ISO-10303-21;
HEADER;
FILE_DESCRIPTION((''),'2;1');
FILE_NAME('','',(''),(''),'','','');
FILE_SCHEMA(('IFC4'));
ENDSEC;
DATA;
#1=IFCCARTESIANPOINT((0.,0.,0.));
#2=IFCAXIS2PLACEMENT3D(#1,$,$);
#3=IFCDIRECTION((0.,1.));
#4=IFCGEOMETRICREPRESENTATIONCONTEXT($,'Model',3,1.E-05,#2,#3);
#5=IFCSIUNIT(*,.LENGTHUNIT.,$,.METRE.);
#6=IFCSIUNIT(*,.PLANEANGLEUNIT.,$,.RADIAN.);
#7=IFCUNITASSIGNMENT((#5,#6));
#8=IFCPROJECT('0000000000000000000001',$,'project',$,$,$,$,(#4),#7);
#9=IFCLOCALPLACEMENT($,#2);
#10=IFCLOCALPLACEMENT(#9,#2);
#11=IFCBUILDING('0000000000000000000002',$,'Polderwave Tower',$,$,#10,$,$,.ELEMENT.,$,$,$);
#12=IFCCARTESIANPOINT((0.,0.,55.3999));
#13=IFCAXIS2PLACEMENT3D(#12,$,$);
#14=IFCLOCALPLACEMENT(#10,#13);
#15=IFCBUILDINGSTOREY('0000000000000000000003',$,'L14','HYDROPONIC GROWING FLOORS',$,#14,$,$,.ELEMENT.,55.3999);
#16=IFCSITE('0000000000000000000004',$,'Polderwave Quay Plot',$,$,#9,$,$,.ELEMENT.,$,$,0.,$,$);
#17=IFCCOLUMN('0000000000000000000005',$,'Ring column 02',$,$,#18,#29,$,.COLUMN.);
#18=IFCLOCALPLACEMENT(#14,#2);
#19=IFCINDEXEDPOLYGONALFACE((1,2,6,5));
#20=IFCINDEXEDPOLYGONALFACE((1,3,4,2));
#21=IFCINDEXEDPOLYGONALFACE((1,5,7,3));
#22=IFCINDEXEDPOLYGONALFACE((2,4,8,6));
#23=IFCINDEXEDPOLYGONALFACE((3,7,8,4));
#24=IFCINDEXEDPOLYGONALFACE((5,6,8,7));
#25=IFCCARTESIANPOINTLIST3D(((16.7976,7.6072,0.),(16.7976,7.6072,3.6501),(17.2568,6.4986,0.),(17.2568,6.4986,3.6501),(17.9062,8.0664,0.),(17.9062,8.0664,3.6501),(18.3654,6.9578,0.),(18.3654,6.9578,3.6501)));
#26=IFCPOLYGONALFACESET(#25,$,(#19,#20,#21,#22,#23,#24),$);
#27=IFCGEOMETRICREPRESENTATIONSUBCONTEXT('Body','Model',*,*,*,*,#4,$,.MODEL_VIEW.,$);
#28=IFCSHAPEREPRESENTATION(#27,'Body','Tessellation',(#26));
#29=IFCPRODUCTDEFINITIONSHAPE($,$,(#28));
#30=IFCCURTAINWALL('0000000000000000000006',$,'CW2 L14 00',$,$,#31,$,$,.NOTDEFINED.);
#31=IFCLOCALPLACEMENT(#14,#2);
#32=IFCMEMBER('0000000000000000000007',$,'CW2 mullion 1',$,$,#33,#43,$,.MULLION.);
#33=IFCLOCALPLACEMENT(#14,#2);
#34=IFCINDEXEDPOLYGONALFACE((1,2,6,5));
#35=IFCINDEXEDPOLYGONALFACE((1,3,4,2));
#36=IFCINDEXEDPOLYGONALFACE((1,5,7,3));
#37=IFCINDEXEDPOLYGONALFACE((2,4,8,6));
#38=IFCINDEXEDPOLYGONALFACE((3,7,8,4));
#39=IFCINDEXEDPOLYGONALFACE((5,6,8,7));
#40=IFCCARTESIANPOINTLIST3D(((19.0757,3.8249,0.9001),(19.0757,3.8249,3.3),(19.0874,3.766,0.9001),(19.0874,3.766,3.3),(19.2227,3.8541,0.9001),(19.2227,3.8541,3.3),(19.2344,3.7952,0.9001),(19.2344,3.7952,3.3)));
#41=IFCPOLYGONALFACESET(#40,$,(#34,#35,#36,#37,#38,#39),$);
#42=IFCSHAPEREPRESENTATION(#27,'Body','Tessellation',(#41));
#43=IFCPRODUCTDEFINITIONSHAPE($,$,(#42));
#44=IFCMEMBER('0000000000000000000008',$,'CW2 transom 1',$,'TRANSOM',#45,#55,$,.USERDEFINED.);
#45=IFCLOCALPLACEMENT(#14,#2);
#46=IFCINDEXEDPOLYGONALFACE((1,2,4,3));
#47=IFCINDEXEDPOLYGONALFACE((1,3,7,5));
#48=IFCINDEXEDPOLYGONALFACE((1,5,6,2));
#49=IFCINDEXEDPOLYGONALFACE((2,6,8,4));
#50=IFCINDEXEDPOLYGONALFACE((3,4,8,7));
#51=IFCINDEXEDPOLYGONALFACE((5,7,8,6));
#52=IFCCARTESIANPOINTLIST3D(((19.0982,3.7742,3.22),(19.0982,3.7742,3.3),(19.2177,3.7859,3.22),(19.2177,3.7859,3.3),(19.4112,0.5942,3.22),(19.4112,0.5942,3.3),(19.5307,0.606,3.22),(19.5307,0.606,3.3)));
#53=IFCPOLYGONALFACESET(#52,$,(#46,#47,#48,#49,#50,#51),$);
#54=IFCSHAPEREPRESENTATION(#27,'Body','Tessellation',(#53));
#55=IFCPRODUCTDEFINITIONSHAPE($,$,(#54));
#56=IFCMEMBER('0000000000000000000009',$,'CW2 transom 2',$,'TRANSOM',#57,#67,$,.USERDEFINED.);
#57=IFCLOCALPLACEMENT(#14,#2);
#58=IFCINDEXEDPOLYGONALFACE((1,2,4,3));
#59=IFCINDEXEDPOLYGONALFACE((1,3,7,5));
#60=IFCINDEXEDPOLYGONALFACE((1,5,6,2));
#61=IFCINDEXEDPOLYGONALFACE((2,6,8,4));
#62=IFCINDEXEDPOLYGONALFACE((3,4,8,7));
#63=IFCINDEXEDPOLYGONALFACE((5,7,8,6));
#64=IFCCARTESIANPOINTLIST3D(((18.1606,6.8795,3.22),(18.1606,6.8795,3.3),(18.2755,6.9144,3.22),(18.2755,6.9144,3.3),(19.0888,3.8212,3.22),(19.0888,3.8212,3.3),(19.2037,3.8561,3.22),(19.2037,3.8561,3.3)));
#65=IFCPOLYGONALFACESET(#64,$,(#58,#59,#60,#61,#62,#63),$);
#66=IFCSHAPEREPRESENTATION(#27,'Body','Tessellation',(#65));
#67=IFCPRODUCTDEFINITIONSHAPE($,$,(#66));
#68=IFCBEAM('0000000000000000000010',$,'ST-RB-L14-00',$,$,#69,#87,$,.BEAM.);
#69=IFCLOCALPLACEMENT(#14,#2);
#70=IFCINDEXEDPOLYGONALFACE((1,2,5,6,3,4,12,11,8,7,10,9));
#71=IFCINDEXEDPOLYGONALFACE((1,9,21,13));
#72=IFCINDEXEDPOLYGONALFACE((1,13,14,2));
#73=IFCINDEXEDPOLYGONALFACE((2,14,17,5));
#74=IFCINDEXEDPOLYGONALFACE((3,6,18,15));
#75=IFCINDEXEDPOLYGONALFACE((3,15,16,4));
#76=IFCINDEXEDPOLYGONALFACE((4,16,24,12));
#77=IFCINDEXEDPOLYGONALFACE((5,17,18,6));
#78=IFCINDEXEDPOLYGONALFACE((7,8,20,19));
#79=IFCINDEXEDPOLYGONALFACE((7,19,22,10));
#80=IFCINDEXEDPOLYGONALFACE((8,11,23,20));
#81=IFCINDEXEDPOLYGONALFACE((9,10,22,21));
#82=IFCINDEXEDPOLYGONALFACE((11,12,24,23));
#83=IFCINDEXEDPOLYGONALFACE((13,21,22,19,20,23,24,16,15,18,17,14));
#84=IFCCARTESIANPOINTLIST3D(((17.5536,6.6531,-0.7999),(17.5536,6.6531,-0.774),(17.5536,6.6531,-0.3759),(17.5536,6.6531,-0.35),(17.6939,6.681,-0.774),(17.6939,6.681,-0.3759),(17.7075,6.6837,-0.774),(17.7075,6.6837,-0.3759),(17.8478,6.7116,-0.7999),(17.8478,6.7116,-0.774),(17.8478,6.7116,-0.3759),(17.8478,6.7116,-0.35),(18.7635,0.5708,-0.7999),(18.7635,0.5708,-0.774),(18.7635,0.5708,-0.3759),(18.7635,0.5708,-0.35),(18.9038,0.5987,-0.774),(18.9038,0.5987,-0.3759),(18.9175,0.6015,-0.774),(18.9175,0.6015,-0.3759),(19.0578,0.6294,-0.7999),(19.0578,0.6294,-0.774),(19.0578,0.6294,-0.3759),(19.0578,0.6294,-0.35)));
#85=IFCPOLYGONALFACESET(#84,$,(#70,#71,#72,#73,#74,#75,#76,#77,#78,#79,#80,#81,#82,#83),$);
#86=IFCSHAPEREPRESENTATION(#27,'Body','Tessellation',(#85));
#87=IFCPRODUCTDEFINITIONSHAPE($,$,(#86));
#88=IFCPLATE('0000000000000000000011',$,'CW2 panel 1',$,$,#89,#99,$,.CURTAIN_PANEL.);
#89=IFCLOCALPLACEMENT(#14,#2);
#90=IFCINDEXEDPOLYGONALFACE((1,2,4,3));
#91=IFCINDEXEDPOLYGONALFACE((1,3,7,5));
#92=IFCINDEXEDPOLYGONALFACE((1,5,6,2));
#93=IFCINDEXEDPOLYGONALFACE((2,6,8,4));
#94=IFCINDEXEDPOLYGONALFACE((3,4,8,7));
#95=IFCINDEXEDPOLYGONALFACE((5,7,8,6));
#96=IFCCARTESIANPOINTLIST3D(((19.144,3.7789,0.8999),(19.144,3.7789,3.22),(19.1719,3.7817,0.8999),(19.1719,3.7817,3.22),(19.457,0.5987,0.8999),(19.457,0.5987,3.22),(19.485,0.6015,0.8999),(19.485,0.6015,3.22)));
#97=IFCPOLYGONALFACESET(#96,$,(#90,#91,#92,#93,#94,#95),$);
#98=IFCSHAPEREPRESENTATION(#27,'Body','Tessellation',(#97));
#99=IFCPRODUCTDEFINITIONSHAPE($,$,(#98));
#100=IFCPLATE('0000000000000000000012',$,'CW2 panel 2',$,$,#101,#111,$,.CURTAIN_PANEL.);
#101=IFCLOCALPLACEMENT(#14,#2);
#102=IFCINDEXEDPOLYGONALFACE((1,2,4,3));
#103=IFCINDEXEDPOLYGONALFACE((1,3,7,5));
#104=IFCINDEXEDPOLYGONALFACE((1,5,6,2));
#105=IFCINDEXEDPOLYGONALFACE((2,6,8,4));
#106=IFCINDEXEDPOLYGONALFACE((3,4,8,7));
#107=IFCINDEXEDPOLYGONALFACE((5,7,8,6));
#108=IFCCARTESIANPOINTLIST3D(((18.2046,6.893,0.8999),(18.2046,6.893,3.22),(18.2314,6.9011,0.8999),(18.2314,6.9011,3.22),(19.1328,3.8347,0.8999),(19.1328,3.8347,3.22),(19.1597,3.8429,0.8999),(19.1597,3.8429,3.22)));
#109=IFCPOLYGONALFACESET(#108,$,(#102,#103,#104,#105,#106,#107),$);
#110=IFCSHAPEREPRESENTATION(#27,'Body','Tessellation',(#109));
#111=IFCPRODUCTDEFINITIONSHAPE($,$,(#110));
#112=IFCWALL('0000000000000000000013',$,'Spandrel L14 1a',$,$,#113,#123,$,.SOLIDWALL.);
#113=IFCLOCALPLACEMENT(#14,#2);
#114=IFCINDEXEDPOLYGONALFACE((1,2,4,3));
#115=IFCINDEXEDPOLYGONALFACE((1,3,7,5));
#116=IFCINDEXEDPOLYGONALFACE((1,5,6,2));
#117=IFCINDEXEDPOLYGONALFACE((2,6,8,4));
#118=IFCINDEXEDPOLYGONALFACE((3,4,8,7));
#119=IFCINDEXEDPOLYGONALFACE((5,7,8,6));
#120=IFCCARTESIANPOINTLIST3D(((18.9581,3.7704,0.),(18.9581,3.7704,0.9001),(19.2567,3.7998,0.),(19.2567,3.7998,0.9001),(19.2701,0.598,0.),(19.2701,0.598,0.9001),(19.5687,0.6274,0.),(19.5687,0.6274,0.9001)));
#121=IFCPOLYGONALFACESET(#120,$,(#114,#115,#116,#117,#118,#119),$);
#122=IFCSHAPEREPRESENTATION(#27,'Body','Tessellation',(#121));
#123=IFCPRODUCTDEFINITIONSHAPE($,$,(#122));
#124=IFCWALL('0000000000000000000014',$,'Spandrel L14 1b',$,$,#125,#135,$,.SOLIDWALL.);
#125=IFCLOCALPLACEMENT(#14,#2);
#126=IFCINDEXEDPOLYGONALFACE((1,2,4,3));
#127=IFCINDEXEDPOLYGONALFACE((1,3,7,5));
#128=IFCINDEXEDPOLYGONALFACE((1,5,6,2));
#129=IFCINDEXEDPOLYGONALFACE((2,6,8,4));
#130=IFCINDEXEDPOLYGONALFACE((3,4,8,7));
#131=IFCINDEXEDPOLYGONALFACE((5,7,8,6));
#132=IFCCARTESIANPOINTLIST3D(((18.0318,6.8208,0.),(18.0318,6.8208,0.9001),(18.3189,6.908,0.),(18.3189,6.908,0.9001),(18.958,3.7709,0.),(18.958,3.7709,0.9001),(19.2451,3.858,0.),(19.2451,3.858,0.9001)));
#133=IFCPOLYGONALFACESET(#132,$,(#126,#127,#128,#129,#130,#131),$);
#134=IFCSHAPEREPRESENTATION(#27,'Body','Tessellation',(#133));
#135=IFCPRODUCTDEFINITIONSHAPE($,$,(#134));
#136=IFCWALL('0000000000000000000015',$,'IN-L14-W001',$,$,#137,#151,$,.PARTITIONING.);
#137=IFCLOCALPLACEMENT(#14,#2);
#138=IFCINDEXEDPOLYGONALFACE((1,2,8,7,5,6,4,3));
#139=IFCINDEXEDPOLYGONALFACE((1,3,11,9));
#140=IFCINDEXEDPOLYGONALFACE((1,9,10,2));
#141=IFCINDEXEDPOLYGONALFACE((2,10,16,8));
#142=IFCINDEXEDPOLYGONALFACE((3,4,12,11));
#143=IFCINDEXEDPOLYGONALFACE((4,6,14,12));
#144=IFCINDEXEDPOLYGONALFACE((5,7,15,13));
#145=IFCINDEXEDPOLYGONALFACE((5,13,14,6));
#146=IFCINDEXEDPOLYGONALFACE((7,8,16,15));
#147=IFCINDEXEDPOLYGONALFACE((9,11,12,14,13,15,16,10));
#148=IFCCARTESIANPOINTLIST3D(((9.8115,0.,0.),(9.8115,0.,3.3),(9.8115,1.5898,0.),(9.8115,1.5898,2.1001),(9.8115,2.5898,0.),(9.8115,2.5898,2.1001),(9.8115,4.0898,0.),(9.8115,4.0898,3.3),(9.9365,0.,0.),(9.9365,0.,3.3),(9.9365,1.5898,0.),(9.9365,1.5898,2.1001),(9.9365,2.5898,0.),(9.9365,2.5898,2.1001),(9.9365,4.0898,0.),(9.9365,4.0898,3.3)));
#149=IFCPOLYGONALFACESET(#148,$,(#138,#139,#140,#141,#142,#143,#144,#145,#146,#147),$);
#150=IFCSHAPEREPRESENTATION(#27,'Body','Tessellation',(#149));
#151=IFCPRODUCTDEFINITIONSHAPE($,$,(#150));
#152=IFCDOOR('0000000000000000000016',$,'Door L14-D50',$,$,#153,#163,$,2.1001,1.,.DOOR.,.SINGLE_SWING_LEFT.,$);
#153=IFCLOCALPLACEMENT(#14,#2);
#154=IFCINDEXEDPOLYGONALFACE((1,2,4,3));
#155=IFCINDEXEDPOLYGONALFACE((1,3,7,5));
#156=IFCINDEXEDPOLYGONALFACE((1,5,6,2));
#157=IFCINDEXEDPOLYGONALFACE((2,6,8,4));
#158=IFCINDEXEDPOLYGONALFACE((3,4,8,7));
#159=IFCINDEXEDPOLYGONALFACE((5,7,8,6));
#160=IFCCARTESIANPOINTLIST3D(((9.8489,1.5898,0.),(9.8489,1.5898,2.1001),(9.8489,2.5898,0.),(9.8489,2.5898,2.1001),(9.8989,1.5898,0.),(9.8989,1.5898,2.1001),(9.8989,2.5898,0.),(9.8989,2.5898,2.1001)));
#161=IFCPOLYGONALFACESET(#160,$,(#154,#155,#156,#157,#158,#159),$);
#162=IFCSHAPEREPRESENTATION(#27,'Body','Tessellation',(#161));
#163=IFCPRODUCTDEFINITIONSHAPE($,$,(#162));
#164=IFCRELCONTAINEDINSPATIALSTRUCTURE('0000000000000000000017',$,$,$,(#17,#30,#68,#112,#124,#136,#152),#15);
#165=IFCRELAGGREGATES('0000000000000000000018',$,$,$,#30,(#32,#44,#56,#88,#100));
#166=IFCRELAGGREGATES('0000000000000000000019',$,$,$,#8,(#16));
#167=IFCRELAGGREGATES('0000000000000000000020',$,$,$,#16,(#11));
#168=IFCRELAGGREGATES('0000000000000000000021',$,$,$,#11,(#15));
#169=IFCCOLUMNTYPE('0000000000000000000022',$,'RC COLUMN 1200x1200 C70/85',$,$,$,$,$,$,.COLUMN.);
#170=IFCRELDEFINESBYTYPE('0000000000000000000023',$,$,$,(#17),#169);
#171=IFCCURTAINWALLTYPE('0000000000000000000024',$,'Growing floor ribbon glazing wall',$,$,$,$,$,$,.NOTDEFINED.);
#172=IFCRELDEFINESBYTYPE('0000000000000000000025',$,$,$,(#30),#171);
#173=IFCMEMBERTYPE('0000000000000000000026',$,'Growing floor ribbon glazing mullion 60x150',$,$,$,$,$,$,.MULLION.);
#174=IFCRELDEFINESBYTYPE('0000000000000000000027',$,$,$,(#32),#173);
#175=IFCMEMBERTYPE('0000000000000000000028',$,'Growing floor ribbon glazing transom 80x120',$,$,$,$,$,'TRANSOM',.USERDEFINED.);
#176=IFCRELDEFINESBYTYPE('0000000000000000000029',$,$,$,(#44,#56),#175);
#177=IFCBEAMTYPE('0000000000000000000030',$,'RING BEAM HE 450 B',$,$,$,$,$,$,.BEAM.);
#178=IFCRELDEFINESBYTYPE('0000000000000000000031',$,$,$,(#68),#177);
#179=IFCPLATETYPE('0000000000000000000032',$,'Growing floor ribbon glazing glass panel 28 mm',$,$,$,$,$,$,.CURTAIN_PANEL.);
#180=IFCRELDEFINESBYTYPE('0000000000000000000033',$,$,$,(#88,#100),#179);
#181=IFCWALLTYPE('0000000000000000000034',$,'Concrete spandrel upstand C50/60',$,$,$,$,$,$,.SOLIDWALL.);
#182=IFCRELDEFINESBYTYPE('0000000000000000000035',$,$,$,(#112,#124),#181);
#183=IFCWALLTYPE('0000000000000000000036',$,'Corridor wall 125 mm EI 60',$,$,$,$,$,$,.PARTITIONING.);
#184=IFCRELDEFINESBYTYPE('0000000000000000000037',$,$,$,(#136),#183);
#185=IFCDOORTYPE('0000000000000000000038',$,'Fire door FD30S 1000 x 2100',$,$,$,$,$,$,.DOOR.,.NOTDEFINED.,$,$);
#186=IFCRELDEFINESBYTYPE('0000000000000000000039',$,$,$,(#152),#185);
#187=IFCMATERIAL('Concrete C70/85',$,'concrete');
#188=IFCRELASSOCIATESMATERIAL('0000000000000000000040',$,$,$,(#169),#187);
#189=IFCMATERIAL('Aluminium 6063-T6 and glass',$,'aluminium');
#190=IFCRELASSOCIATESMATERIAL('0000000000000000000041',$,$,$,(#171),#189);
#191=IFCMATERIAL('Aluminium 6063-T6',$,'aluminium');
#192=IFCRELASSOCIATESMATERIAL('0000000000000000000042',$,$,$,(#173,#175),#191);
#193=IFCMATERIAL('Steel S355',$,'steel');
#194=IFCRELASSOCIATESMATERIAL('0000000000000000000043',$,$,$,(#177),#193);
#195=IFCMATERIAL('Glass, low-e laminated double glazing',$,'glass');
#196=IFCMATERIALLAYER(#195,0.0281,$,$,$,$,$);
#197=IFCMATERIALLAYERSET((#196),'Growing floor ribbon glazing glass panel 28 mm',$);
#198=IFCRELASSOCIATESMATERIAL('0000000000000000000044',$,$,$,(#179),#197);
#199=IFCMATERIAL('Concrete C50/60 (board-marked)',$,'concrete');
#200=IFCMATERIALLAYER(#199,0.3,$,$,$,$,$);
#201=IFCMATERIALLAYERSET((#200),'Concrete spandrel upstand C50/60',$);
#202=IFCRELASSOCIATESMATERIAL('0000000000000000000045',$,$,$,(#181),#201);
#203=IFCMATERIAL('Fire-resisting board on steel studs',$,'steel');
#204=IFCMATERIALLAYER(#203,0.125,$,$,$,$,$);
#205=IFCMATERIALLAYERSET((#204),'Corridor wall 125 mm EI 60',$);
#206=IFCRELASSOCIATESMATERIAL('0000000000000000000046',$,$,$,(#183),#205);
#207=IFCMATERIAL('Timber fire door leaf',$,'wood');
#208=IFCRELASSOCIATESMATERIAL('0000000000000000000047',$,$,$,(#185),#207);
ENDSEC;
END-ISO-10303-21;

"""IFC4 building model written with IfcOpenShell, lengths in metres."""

from ifc_helpers import new_model, si_unit, direction, frame, frame_2d, origin, origin_2d, place, context, subcontext, project, spatial, rectangle, i_section, extrude, material, layer, layer_set, material_profile, profile_set, type_object, element, fill, aggregate, save


model = new_model("IFC4")

# Units and contexts
model_context = context("Model", 3, precision=1e-05, world=origin(), true_north=direction((0.0, 1.0)))
body_context = subcontext(model_context, "Body", "Model", "MODEL_VIEW")
ifc_project = project(units=[si_unit("LENGTHUNIT", "METRE"), si_unit("PLANEANGLEUNIT", "RADIAN")], contexts=[model_context])

# Site, building, storey
site_placement = place(None, origin())
site = spatial("IfcSite", under=ifc_project, at=site_placement, Name="Polderwave Quay Plot", CompositionType="ELEMENT", RefElevation=0.0)
building_placement = place(site_placement, origin())
building = spatial("IfcBuilding", under=site, at=building_placement, Name="Polderwave Tower", CompositionType="ELEMENT")
storey_placement = place(building_placement, frame((0.0, 0.0, 55.3999)))
storey = spatial("IfcBuildingStorey", under=building, at=storey_placement, Name="L14", Description="HYDROPONIC GROWING FLOORS", CompositionType="ELEMENT", Elevation=55.3999)

# Column
ifc_material_1 = material(Name="Concrete C70/85", Category="concrete")
ifc_material_profile_1 = material_profile(ifc_material_1, rectangle(XDim=1.2, YDim=1.2, at=origin_2d()), Name="RC 1200x1200")
ifc_profile_set_1 = profile_set([ifc_material_profile_1], Name="Concrete C70/85")
column_type = type_object("IfcColumnType", Name="RC COLUMN 1200x1200 C70/85", PredefinedType="COLUMN", material=ifc_profile_set_1)
column_placement = place(storey_placement, frame((17.5815, 7.2825, 0.0), z_axis=(0.0, 0.0, 1.0), x_axis=(0.92388, 0.382683, 0.0)))
element("IfcColumn", 1, at=column_placement, inside=storey, type_object=column_type, Name="Ring column 02", PredefinedType="COLUMN", context=body_context, shape_type="SweptSolid", body=[
    extrude(rectangle(XDim=1.2, YDim=1.2, at=origin_2d()), origin(), (0.0, 0.0, 1.0), 3.6501),
])

# Curtain wall, members
ifc_material_2 = material(Name="Aluminium 6063-T6 and glass", Category="aluminium")
curtain_wall_type = type_object("IfcCurtainWallType", Name="Growing floor ribbon glazing wall", PredefinedType="NOTDEFINED", material=ifc_material_2)
curtain_wall_placement = place(storey_placement, origin())
curtain_wall = element("IfcCurtainWall", 2, at=curtain_wall_placement, inside=storey, type_object=curtain_wall_type, Name="CW2 L14 00", PredefinedType="NOTDEFINED")
ifc_material_3 = material(Name="Aluminium 6063-T6", Category="aluminium")
ifc_material_profile_2 = material_profile(ifc_material_3, rectangle(XDim=0.1499, YDim=0.0601, at=origin_2d()), Name="AL 60x150")
ifc_profile_set_2 = profile_set([ifc_material_profile_2], Name="Aluminium 6063-T6")
member_type_1 = type_object("IfcMemberType", Name="Growing floor ribbon glazing mullion 60x150", PredefinedType="MULLION", material=ifc_profile_set_2)
member_1_placement = place(storey_placement, frame((19.155, 3.8101, 0.9001), z_axis=(0.0, 0.0, 1.0), x_axis=(-0.980774, -0.195149, 0.0)))
member_1 = element("IfcMember", 3, at=member_1_placement, type_object=member_type_1, Name="CW2 mullion 1", PredefinedType="MULLION", context=body_context, shape_type="SweptSolid", body=[
    extrude(rectangle(XDim=0.1499, YDim=0.0601, at=origin_2d()), origin(), (0.0, 0.0, 1.0), 2.3999),
])
ifc_material_profile_3 = material_profile(ifc_material_3, rectangle(XDim=0.1201, YDim=0.0801, at=origin_2d()), Name="AL 80x120")
ifc_profile_set_3 = profile_set([ifc_material_profile_3], Name="Aluminium 6063-T6")
member_type_2 = type_object("IfcMemberType", Name="Growing floor ribbon glazing transom 80x120", ElementType="TRANSOM", PredefinedType="USERDEFINED", material=ifc_profile_set_3)
member_2_placement = place(storey_placement, frame((19.4709, 0.6001, 3.26), z_axis=(-0.097953, 0.995191, 0.0), x_axis=(-0.995191, -0.097953, 0.0)))
member_2 = element("IfcMember", 4, at=member_2_placement, type_object=member_type_2, Name="CW2 transom 1", ObjectType="TRANSOM", PredefinedType="USERDEFINED", context=body_context, shape_type="SweptSolid", body=[
    extrude(rectangle(XDim=0.1201, YDim=0.0801, at=origin_2d()), origin(), (0.0, 0.0, 1.0), 3.1953),
])
member_3_placement = place(storey_placement, frame((19.1462, 3.8386, 3.26), z_axis=(-0.290423, 0.956898, 0.0), x_axis=(-0.956898, -0.290423, 0.0)))
member_3 = element("IfcMember", 5, at=member_3_placement, type_object=member_type_2, Name="CW2 transom 2", ObjectType="TRANSOM", PredefinedType="USERDEFINED", context=body_context, shape_type="SweptSolid", body=[
    extrude(rectangle(XDim=0.1201, YDim=0.0801, at=origin_2d()), origin(), (0.0, 0.0, 1.0), 3.196),
])

# Beam
ifc_material_4 = material(Name="Steel S355", Category="steel")
ifc_material_profile_4 = material_profile(ifc_material_4, i_section(OverallWidth=0.3, OverallDepth=0.45, WebThickness=0.0139, FlangeThickness=0.0259, at=origin_2d()), Name="HE 450 B")
ifc_profile_set_4 = profile_set([ifc_material_profile_4], Name="Steel S355")
beam_type = type_object("IfcBeamType", Name="RING BEAM HE 450 B", PredefinedType="BEAM", material=ifc_profile_set_4)
beam_placement = place(storey_placement, frame((18.9106, 0.6001, -0.575), z_axis=(-0.195109, 0.980782, 0.0), x_axis=(-0.980782, -0.195109, 0.0)))
element("IfcBeam", 6, at=beam_placement, inside=storey, type_object=beam_type, Name="ST-RB-L14-00", PredefinedType="BEAM", context=body_context, shape_type="SweptSolid", body=[
    extrude(i_section(OverallWidth=0.3, OverallDepth=0.45, WebThickness=0.0139, FlangeThickness=0.0259, at=origin_2d()), origin(), (0.0, 0.0, 1.0), 6.2014),
])

# Plates
ifc_material_5 = material(Name="Glass, low-e laminated double glazing", Category="glass")
ifc_layer_1 = layer(ifc_material_5, 0.0281)
ifc_layer_set_1 = layer_set([ifc_layer_1], Name="Growing floor ribbon glazing glass panel 28 mm")
plate_type = type_object("IfcPlateType", Name="Growing floor ribbon glazing glass panel 28 mm", PredefinedType="CURTAIN_PANEL", material=ifc_layer_set_1)
plate_1_placement = place(storey_placement, frame((19.3145, 2.1902, 0.8999), z_axis=(0.0, 0.0, 1.0), x_axis=(-0.097969, 0.99519, 0.0)))
plate_1 = element("IfcPlate", 7, at=plate_1_placement, type_object=plate_type, Name="CW2 panel 1", PredefinedType="CURTAIN_PANEL", context=body_context, shape_type="SweptSolid", body=[
    extrude(rectangle(XDim=3.1956, YDim=0.0281, at=origin_2d()), origin(), (0.0, 0.0, 1.0), 2.3201),
])
plate_2_placement = place(storey_placement, frame((18.6821, 5.3679, 0.8999), z_axis=(0.0, 0.0, 1.0), x_axis=(-0.290447, 0.956891, 0.0)))
plate_2 = element("IfcPlate", 8, at=plate_2_placement, type_object=plate_type, Name="CW2 panel 2", PredefinedType="CURTAIN_PANEL", context=body_context, shape_type="SweptSolid", body=[
    extrude(rectangle(XDim=3.196, YDim=0.0281, at=origin_2d()), origin(), (0.0, 0.0, 1.0), 2.3201),
])
aggregate(curtain_wall, [member_1, member_2, member_3, plate_1, plate_2])

# Walls
ifc_material_6 = material(Name="Concrete C50/60 (board-marked)", Category="concrete")
ifc_layer_2 = layer(ifc_material_6, 0.3)
ifc_layer_set_2 = layer_set([ifc_layer_2], Name="Concrete spandrel upstand C50/60")
wall_type_1 = type_object("IfcWallType", Name="Concrete spandrel upstand C50/60", PredefinedType="SOLIDWALL", material=ifc_layer_set_2)
wall_1_placement = place(storey_placement, frame((19.4194, 0.6128, 0.0), z_axis=(0.0, 0.0, 1.0), x_axis=(-0.097881, 0.995198, 0.0)))
element("IfcWall", 9, at=wall_1_placement, inside=storey, type_object=wall_type_1, Name="Spandrel L14 1a", PredefinedType="SOLIDWALL", context=body_context, shape_type="SweptSolid", body=[
    extrude(rectangle(XDim=3.1877, YDim=0.3, at=frame_2d((1.5938, 0.0))), origin(), (0.0, 0.0, 1.0), 0.9001),
])
wall_2_placement = place(storey_placement, frame((19.1016, 3.8145, 0.0), z_axis=(0.0, 0.0, 1.0), x_axis=(-0.290586, 0.956849, 0.0)))
element("IfcWall", 10, at=wall_2_placement, inside=storey, type_object=wall_type_1, Name="Spandrel L14 1b", PredefinedType="SOLIDWALL", context=body_context, shape_type="SweptSolid", body=[
    extrude(rectangle(XDim=3.1875, YDim=0.3, at=frame_2d((1.5938, 0.0))), origin(), (0.0, 0.0, 1.0), 0.9001),
])

# Wall, opening, door
ifc_material_7 = material(Name="Fire-resisting board on steel studs", Category="steel")
ifc_layer_3 = layer(ifc_material_7, 0.125)
ifc_layer_set_3 = layer_set([ifc_layer_3], Name="Corridor wall 125 mm EI 60")
wall_type_2 = type_object("IfcWallType", Name="Corridor wall 125 mm EI 60", PredefinedType="PARTITIONING", material=ifc_layer_set_3)
wall_3_placement = place(storey_placement, frame((9.874, 4.0898, 0.0), z_axis=(0.0, 0.0, 1.0), x_axis=(0.0, -1.0, 0.0)))
wall_3 = element("IfcWall", 11, at=wall_3_placement, inside=storey, type_object=wall_type_2, Name="IN-L14-W001", PredefinedType="PARTITIONING", context=body_context, shape_type="SweptSolid", body=[
    extrude(rectangle(XDim=4.0898, YDim=0.125, at=frame_2d((2.0449, 0.0))), origin(), (0.0, 0.0, 1.0), 3.3),
])
opening_1_placement = place(wall_3_placement, frame((1.5, 0.0, 0.0)))
opening_1 = element("IfcOpeningElement", 12, at=opening_1_placement, cuts=wall_3, PredefinedType="OPENING", context=body_context, shape_type="SweptSolid", body=[
    extrude(rectangle(XDim=1.0, YDim=2.1001, at=frame_2d((0.5, 1.05))), frame((0.0, 0.0725, 0.0), z_axis=(0.0, -1.0, 0.0), x_axis=(1.0, 0.0, 0.0)), (0.0, 0.0, 1.0), 0.145),
])
ifc_material_8 = material(Name="Timber fire door leaf", Category="wood")
door_type_1 = type_object("IfcDoorType", Name="Fire door FD30S 1000 x 2100", OperationType="NOTDEFINED", PredefinedType="DOOR", material=ifc_material_8)
door_1_placement = place(opening_1_placement, origin())
door_1 = element("IfcDoor", 13, at=door_1_placement, inside=storey, type_object=door_type_1, Name="Door L14-D50", OperationType="SINGLE_SWING_LEFT", OverallHeight=2.1001, OverallWidth=1.0, PredefinedType="DOOR", context=body_context, shape_type="SweptSolid", body=[
    extrude(rectangle(XDim=1.0, YDim=2.1001, at=frame_2d((0.5, 1.05))), frame((0.0, 0.0249, 0.0), z_axis=(0.0, -1.0, 0.0), x_axis=(1.0, 0.0, 0.0)), (0.0, 0.0, 1.0), 0.05),
])
fill(opening_1, door_1)

save(model, "model.ifc")
